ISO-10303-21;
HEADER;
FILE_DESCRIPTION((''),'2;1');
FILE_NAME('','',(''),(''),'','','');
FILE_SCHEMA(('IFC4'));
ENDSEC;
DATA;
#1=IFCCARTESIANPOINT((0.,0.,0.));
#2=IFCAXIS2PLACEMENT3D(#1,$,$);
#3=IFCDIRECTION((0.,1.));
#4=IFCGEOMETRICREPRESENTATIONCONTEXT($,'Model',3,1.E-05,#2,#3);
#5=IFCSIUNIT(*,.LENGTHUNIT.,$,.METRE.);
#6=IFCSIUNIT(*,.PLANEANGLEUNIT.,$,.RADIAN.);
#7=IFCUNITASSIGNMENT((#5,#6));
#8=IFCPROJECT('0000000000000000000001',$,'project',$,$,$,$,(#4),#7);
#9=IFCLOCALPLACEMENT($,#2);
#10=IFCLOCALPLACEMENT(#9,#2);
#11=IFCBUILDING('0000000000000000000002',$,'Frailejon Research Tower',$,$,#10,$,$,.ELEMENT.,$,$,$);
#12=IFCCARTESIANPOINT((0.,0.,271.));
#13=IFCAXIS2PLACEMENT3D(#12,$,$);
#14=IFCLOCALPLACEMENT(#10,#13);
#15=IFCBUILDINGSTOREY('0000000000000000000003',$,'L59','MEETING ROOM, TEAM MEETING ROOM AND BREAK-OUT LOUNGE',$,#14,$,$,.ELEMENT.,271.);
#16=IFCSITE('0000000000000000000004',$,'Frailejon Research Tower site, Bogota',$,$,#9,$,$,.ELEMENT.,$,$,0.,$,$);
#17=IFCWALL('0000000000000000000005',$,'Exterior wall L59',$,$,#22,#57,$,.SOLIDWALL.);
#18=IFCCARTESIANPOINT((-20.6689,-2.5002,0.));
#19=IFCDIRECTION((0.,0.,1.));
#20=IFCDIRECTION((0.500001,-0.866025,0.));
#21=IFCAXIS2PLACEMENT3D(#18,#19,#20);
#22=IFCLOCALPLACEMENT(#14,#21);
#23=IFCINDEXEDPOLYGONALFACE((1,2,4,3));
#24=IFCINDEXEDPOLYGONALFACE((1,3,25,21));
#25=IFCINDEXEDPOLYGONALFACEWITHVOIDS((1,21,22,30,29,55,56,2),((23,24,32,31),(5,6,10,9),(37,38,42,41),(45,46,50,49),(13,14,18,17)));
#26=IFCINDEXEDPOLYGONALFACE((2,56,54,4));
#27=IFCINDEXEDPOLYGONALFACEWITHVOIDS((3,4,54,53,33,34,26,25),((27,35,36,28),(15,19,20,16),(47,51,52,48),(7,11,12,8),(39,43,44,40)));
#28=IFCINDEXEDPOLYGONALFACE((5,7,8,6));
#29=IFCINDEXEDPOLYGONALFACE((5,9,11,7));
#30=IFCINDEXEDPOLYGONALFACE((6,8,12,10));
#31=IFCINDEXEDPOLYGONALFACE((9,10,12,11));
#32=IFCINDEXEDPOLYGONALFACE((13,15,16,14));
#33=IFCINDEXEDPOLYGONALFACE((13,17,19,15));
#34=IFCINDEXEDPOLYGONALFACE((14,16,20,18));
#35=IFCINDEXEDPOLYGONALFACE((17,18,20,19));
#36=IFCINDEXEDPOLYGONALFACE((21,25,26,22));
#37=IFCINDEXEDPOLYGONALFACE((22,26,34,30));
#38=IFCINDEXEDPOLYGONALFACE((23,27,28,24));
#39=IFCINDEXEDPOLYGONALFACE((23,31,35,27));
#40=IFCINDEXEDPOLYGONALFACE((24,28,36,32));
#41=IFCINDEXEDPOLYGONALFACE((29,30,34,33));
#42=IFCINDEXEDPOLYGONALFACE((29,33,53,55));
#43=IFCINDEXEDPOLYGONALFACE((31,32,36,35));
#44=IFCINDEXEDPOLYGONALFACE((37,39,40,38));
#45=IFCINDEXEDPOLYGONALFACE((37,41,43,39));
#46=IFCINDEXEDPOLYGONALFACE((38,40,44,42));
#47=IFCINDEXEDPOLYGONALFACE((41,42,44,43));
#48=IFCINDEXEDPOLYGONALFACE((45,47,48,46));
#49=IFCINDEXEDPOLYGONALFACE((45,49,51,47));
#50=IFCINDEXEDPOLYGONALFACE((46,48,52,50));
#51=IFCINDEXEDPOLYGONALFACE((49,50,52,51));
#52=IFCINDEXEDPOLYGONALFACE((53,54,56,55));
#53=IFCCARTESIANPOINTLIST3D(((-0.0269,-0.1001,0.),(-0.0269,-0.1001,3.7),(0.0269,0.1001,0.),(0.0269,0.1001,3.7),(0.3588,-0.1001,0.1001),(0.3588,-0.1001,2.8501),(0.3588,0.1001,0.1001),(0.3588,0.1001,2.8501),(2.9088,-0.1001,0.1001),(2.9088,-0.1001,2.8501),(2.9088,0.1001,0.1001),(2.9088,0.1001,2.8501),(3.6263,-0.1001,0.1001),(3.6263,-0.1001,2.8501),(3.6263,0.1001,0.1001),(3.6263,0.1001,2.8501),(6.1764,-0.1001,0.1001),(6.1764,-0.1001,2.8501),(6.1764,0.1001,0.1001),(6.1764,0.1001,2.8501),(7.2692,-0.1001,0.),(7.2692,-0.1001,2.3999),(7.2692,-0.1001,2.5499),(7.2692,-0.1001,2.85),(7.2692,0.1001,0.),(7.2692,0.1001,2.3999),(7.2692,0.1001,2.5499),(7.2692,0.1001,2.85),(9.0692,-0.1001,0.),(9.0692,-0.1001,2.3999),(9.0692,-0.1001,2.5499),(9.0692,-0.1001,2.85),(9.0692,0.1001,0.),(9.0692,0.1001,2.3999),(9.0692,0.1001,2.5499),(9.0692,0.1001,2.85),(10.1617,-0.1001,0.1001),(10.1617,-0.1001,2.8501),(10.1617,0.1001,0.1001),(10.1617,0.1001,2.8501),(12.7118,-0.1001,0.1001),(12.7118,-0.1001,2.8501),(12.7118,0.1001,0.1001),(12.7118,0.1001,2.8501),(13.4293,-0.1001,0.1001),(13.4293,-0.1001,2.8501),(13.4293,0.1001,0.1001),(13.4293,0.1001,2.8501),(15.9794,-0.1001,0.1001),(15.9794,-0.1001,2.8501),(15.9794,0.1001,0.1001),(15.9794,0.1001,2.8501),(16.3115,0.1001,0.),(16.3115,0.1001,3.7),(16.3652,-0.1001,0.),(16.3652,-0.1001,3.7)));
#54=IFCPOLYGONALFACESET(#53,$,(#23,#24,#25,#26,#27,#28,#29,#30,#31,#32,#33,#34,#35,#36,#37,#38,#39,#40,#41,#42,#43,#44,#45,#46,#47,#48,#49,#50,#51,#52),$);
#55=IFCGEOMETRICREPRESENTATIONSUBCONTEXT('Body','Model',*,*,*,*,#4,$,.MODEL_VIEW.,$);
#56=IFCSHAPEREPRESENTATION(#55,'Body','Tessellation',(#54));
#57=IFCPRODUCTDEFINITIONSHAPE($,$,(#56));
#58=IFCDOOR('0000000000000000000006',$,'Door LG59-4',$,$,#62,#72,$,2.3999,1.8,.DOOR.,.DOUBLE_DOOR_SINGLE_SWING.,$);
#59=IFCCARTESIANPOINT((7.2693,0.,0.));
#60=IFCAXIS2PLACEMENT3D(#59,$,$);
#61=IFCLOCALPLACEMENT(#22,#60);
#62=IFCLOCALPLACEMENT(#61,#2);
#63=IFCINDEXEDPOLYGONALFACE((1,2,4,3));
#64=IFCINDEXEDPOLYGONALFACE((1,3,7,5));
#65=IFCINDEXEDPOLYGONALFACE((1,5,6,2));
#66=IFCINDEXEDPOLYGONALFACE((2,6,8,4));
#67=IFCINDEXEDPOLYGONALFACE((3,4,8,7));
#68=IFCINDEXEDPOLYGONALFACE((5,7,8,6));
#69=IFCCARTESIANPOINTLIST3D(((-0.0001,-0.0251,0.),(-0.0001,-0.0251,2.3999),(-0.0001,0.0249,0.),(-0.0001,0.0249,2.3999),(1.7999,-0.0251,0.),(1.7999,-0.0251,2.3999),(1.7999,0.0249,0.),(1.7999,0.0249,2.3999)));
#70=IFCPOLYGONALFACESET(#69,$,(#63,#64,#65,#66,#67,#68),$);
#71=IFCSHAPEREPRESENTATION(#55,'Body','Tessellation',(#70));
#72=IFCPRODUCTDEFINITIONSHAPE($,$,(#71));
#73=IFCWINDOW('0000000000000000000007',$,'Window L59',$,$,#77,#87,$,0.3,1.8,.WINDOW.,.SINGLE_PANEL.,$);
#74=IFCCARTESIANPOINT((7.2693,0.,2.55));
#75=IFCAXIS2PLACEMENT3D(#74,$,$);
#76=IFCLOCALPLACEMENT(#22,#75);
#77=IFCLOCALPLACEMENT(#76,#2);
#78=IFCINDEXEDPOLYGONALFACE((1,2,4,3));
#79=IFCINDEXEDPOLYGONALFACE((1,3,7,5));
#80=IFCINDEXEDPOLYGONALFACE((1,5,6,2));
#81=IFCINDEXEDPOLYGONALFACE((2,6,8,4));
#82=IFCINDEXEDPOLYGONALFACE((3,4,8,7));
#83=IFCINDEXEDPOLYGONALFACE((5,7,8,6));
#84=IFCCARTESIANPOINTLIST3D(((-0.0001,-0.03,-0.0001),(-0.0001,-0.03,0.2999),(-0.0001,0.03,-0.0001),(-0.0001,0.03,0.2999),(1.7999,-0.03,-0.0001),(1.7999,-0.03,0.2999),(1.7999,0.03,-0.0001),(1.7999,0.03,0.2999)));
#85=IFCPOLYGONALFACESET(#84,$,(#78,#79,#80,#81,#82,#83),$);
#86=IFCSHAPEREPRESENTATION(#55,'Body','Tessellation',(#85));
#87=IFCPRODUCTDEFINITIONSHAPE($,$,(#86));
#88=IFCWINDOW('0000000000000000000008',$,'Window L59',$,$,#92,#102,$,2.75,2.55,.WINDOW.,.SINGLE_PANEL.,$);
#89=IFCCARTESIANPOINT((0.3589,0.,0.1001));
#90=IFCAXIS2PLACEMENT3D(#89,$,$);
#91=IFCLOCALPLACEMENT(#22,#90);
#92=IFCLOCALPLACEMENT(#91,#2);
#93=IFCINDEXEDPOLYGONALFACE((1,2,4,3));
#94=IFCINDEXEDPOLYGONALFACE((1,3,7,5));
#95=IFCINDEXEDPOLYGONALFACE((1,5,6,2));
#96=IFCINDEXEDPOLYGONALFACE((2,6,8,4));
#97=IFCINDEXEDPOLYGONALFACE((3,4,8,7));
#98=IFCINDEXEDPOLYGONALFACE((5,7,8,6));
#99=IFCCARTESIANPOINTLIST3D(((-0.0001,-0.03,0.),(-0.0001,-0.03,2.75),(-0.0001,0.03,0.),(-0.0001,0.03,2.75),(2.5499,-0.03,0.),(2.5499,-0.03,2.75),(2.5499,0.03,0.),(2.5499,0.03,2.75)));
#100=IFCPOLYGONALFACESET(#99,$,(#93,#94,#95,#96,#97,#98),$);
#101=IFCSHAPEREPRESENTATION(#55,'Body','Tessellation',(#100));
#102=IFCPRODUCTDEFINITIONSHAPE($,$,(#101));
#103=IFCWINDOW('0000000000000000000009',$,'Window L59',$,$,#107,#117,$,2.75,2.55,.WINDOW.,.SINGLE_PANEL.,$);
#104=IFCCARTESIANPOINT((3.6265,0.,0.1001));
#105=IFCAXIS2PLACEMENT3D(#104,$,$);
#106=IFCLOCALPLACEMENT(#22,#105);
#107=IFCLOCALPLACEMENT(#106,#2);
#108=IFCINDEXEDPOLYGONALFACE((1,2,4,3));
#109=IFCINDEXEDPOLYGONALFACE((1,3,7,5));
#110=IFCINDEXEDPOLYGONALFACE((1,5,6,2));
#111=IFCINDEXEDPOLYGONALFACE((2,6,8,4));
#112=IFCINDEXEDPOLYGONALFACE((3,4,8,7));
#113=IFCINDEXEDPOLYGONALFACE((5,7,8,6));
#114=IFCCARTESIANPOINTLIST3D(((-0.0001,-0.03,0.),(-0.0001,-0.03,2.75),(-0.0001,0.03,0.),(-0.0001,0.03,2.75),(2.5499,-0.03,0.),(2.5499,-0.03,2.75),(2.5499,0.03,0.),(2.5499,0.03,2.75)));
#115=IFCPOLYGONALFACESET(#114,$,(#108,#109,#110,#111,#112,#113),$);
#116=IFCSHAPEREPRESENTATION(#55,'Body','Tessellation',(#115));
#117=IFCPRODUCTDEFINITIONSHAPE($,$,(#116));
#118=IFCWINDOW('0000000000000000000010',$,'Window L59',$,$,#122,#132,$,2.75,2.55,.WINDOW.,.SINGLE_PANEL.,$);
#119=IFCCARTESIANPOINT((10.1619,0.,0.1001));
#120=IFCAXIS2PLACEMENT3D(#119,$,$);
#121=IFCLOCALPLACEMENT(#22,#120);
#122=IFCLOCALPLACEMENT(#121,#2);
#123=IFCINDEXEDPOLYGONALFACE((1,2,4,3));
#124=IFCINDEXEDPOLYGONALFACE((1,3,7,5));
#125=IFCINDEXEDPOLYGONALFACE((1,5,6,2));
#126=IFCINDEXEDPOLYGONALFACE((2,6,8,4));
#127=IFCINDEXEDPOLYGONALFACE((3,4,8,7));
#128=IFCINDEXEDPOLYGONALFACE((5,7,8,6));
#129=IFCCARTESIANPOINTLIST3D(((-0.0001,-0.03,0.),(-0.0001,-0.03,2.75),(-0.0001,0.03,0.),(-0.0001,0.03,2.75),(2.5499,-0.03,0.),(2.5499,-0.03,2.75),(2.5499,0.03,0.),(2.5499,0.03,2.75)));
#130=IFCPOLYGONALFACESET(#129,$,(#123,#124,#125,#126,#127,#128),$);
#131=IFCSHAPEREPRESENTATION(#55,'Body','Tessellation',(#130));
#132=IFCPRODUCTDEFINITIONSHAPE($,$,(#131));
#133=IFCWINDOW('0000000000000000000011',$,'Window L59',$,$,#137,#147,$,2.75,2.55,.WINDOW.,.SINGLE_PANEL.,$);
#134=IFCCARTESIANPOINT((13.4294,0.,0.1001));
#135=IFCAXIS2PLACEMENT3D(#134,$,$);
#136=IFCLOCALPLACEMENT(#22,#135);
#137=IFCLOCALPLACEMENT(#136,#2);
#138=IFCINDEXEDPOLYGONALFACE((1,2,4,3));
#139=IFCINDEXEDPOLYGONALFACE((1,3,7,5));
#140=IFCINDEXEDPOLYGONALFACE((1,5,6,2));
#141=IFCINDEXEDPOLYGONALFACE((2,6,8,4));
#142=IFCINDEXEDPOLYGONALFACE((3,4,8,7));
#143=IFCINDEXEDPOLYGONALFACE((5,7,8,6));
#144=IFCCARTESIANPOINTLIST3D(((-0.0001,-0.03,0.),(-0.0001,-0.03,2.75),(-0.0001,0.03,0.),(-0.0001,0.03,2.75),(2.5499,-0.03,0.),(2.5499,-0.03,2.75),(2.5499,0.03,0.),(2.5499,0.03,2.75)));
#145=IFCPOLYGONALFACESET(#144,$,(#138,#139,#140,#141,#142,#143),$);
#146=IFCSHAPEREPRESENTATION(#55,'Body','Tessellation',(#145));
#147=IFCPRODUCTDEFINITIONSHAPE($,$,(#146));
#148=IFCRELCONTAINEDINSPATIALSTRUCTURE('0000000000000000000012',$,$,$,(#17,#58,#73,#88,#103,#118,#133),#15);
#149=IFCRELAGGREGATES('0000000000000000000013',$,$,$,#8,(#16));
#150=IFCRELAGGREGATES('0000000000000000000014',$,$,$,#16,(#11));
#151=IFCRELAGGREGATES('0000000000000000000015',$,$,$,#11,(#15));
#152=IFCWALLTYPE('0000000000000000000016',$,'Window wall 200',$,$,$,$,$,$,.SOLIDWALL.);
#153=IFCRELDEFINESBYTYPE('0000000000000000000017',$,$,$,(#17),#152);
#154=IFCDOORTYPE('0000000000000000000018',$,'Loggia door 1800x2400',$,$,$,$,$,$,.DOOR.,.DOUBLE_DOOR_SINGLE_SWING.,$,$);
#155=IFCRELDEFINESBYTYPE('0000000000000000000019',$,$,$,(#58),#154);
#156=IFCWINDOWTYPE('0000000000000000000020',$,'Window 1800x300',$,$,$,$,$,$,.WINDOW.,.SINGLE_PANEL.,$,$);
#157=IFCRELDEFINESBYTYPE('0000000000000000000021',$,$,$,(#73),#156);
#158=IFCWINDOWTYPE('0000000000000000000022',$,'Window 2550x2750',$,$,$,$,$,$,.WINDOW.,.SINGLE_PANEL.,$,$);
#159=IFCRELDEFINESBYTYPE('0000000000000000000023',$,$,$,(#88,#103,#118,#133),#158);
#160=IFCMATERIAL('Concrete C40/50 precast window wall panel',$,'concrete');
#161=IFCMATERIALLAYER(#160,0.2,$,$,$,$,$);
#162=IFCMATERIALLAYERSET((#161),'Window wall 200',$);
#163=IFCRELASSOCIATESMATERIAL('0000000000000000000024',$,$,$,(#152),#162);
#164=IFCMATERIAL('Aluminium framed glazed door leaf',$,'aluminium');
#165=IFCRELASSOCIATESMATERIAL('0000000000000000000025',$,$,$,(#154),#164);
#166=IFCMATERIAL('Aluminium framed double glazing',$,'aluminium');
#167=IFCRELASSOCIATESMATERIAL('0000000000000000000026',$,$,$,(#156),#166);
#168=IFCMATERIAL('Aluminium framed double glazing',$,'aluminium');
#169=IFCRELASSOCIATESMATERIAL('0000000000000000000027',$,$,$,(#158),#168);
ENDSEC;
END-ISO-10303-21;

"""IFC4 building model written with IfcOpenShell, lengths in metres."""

from ifc_helpers import new_model, si_unit, direction, frame, frame_2d, origin, place, context, subcontext, project, spatial, polyline, rectangle, outline, extrude, material, layer, layer_set, type_object, element, fill, save


model = new_model("IFC4")

# Units and contexts
model_context = context("Model", 3, precision=1e-05, world=origin(), true_north=direction((0.0, 1.0)))
body_context = subcontext(model_context, "Body", "Model", "MODEL_VIEW")
ifc_project = project(units=[si_unit("LENGTHUNIT", "METRE"), si_unit("PLANEANGLEUNIT", "RADIAN")], contexts=[model_context])

# Site, building, storey
site_placement = place(None, origin())
site = spatial("IfcSite", under=ifc_project, at=site_placement, Name="Frailejon Research Tower site, Bogota", CompositionType="ELEMENT", RefElevation=0.0)
building_placement = place(site_placement, origin())
building = spatial("IfcBuilding", under=site, at=building_placement, Name="Frailejon Research Tower", CompositionType="ELEMENT")
storey_placement = place(building_placement, frame((0.0, 0.0, 271.0)))
storey = spatial("IfcBuildingStorey", under=building, at=storey_placement, Name="L59", Description="MEETING ROOM, TEAM MEETING ROOM AND BREAK-OUT LOUNGE", CompositionType="ELEMENT", Elevation=271.0)

# Wall, openings, door, windows
ifc_material_1 = material(Name="Concrete C40/50 precast window wall panel", Category="concrete")
ifc_layer_1 = layer(ifc_material_1, 0.2)
ifc_layer_set_1 = layer_set([ifc_layer_1], Name="Window wall 200")
wall_type_1 = type_object("IfcWallType", Name="Window wall 200", PredefinedType="SOLIDWALL", material=ifc_layer_set_1)
wall_1_placement = place(storey_placement, frame((-20.6689, -2.5002, 0.0), z_axis=(0.0, 0.0, 1.0), x_axis=(0.500001, -0.866025, 0.0)))
wall_1 = element("IfcWall", 1, at=wall_1_placement, inside=storey, type_object=wall_type_1, Name="Exterior wall L59", PredefinedType="SOLIDWALL", context=body_context, shape_type="SweptSolid", body=[
    extrude(outline(polyline([(-0.0269, -0.1001), (0.9976, -0.1001), (2.0222, -0.1001), (3.0466, -0.1001), (4.0713, -0.1001), (5.0957, -0.1001), (6.1201, -0.1001), (7.1448, -0.1001), (8.1692, -0.1001), (9.1936, -0.1001), (10.2183, -0.1001), (11.2427, -0.1001), (12.2671, -0.1001), (13.2917, -0.1001), (14.3162, -0.1001), (15.3408, -0.1001), (16.3652, -0.1001), (16.3115, 0.1001), (15.2937, 0.1001), (14.2759, 0.1001), (13.2581, 0.1001), (12.2402, 0.1001), (11.2227, 0.1001), (10.2048, 0.1001), (9.187, 0.1001), (8.1692, 0.1001), (7.1514, 0.1001), (6.1335, 0.1001), (5.1157, 0.1001), (4.0981, 0.1001), (3.0803, 0.1001), (2.0625, 0.1001), (1.0447, 0.1001), (0.0269, 0.1001), (-0.0269, -0.1001)])), origin(), (0.0, 0.0, 1.0), 3.7),
])
opening_1_placement = place(wall_1_placement, frame((0.3589, 0.0, 0.1001)))
opening_1 = element("IfcOpeningElement", 2, at=opening_1_placement, cuts=wall_1, PredefinedType="OPENING", context=body_context, shape_type="SweptSolid", body=[
    extrude(rectangle(XDim=2.55, YDim=2.75, at=frame_2d((1.2749, 1.375))), frame((0.0, 0.1099, 0.0), z_axis=(0.0, -1.0, 0.0), x_axis=(1.0, 0.0, 0.0)), (0.0, 0.0, 1.0), 0.22),
])
opening_2_placement = place(wall_1_placement, frame((3.6265, 0.0, 0.1001)))
opening_2 = element("IfcOpeningElement", 3, at=opening_2_placement, cuts=wall_1, PredefinedType="OPENING", context=body_context, shape_type="SweptSolid", body=[
    extrude(rectangle(XDim=2.55, YDim=2.75, at=frame_2d((1.2749, 1.375))), frame((0.0, 0.1099, 0.0), z_axis=(0.0, -1.0, 0.0), x_axis=(1.0, 0.0, 0.0)), (0.0, 0.0, 1.0), 0.22),
])
opening_3_placement = place(wall_1_placement, frame((7.2693, 0.0, 0.0)))
opening_3 = element("IfcOpeningElement", 4, at=opening_3_placement, cuts=wall_1, PredefinedType="OPENING", context=body_context, shape_type="SweptSolid", body=[
    extrude(rectangle(XDim=1.8, YDim=2.3999, at=frame_2d((0.8999, 1.2))), frame((0.0, 0.1099, 0.0), z_axis=(0.0, -1.0, 0.0), x_axis=(1.0, 0.0, 0.0)), (0.0, 0.0, 1.0), 0.22),
])
opening_4_placement = place(wall_1_placement, frame((7.2693, 0.0, 2.55)))
opening_4 = element("IfcOpeningElement", 5, at=opening_4_placement, cuts=wall_1, PredefinedType="OPENING", context=body_context, shape_type="SweptSolid", body=[
    extrude(rectangle(XDim=1.8, YDim=0.3, at=frame_2d((0.8999, 0.1499))), frame((0.0, 0.1099, 0.0), z_axis=(0.0, -1.0, 0.0), x_axis=(1.0, 0.0, 0.0)), (0.0, 0.0, 1.0), 0.22),
])
opening_5_placement = place(wall_1_placement, frame((10.1619, 0.0, 0.1001)))
opening_5 = element("IfcOpeningElement", 6, at=opening_5_placement, cuts=wall_1, PredefinedType="OPENING", context=body_context, shape_type="SweptSolid", body=[
    extrude(rectangle(XDim=2.55, YDim=2.75, at=frame_2d((1.2749, 1.375))), frame((0.0, 0.1099, 0.0), z_axis=(0.0, -1.0, 0.0), x_axis=(1.0, 0.0, 0.0)), (0.0, 0.0, 1.0), 0.22),
])
opening_6_placement = place(wall_1_placement, frame((13.4294, 0.0, 0.1001)))
opening_6 = element("IfcOpeningElement", 7, at=opening_6_placement, cuts=wall_1, PredefinedType="OPENING", context=body_context, shape_type="SweptSolid", body=[
    extrude(rectangle(XDim=2.55, YDim=2.75, at=frame_2d((1.2749, 1.375))), frame((0.0, 0.1099, 0.0), z_axis=(0.0, -1.0, 0.0), x_axis=(1.0, 0.0, 0.0)), (0.0, 0.0, 1.0), 0.22),
])
ifc_material_2 = material(Name="Aluminium framed glazed door leaf", Category="aluminium")
door_type_1 = type_object("IfcDoorType", Name="Loggia door 1800x2400", OperationType="DOUBLE_DOOR_SINGLE_SWING", PredefinedType="DOOR", material=ifc_material_2)
door_1_placement = place(opening_3_placement, origin())
door_1 = element("IfcDoor", 8, at=door_1_placement, inside=storey, type_object=door_type_1, Name="Door LG59-4", OperationType="DOUBLE_DOOR_SINGLE_SWING", OverallHeight=2.3999, OverallWidth=1.8, PredefinedType="DOOR", context=body_context, shape_type="SweptSolid", body=[
    extrude(rectangle(XDim=1.8, YDim=2.3999, at=frame_2d((0.8999, 1.2))), frame((0.0, 0.0249, 0.0), z_axis=(0.0, -1.0, 0.0), x_axis=(1.0, 0.0, 0.0)), (0.0, 0.0, 1.0), 0.05),
])
fill(opening_3, door_1)
ifc_material_3 = material(Name="Aluminium framed double glazing", Category="aluminium")
window_type_1 = type_object("IfcWindowType", Name="Window 1800x300", PartitioningType="SINGLE_PANEL", PredefinedType="WINDOW", material=ifc_material_3)
window_1_placement = place(opening_4_placement, origin())
window_1 = element("IfcWindow", 9, at=window_1_placement, inside=storey, type_object=window_type_1, Name="Window L59", OverallHeight=0.3, OverallWidth=1.8, PartitioningType="SINGLE_PANEL", PredefinedType="WINDOW", context=body_context, shape_type="SweptSolid", body=[
    extrude(rectangle(XDim=1.8, YDim=0.3, at=frame_2d((0.8999, 0.1499))), frame((0.0, 0.03, 0.0), z_axis=(0.0, -1.0, 0.0), x_axis=(1.0, 0.0, 0.0)), (0.0, 0.0, 1.0), 0.0601),
])
fill(opening_4, window_1)
ifc_material_4 = material(Name="Aluminium framed double glazing", Category="aluminium")
window_type_2 = type_object("IfcWindowType", Name="Window 2550x2750", PartitioningType="SINGLE_PANEL", PredefinedType="WINDOW", material=ifc_material_4)
window_2_placement = place(opening_1_placement, origin())
window_2 = element("IfcWindow", 10, at=window_2_placement, inside=storey, type_object=window_type_2, Name="Window L59", OverallHeight=2.75, OverallWidth=2.55, PartitioningType="SINGLE_PANEL", PredefinedType="WINDOW", context=body_context, shape_type="SweptSolid", body=[
    extrude(rectangle(XDim=2.55, YDim=2.75, at=frame_2d((1.2749, 1.375))), frame((0.0, 0.03, 0.0), z_axis=(0.0, -1.0, 0.0), x_axis=(1.0, 0.0, 0.0)), (0.0, 0.0, 1.0), 0.0601),
])
fill(opening_1, window_2)
window_3_placement = place(opening_2_placement, origin())
window_3 = element("IfcWindow", 11, at=window_3_placement, inside=storey, type_object=window_type_2, Name="Window L59", OverallHeight=2.75, OverallWidth=2.55, PartitioningType="SINGLE_PANEL", PredefinedType="WINDOW", context=body_context, shape_type="SweptSolid", body=[
    extrude(rectangle(XDim=2.55, YDim=2.75, at=frame_2d((1.2749, 1.375))), frame((0.0, 0.03, 0.0), z_axis=(0.0, -1.0, 0.0), x_axis=(1.0, 0.0, 0.0)), (0.0, 0.0, 1.0), 0.0601),
])
fill(opening_2, window_3)
window_4_placement = place(opening_5_placement, origin())
window_4 = element("IfcWindow", 12, at=window_4_placement, inside=storey, type_object=window_type_2, Name="Window L59", OverallHeight=2.75, OverallWidth=2.55, PartitioningType="SINGLE_PANEL", PredefinedType="WINDOW", context=body_context, shape_type="SweptSolid", body=[
    extrude(rectangle(XDim=2.55, YDim=2.75, at=frame_2d((1.2749, 1.375))), frame((0.0, 0.03, 0.0), z_axis=(0.0, -1.0, 0.0), x_axis=(1.0, 0.0, 0.0)), (0.0, 0.0, 1.0), 0.0601),
])
fill(opening_5, window_4)
window_5_placement = place(opening_6_placement, origin())
window_5 = element("IfcWindow", 13, at=window_5_placement, inside=storey, type_object=window_type_2, Name="Window L59", OverallHeight=2.75, OverallWidth=2.55, PartitioningType="SINGLE_PANEL", PredefinedType="WINDOW", context=body_context, shape_type="SweptSolid", body=[
    extrude(rectangle(XDim=2.55, YDim=2.75, at=frame_2d((1.2749, 1.375))), frame((0.0, 0.03, 0.0), z_axis=(0.0, -1.0, 0.0), x_axis=(1.0, 0.0, 0.0)), (0.0, 0.0, 1.0), 0.0601),
])
fill(opening_6, window_5)

save(model, "model.ifc")
